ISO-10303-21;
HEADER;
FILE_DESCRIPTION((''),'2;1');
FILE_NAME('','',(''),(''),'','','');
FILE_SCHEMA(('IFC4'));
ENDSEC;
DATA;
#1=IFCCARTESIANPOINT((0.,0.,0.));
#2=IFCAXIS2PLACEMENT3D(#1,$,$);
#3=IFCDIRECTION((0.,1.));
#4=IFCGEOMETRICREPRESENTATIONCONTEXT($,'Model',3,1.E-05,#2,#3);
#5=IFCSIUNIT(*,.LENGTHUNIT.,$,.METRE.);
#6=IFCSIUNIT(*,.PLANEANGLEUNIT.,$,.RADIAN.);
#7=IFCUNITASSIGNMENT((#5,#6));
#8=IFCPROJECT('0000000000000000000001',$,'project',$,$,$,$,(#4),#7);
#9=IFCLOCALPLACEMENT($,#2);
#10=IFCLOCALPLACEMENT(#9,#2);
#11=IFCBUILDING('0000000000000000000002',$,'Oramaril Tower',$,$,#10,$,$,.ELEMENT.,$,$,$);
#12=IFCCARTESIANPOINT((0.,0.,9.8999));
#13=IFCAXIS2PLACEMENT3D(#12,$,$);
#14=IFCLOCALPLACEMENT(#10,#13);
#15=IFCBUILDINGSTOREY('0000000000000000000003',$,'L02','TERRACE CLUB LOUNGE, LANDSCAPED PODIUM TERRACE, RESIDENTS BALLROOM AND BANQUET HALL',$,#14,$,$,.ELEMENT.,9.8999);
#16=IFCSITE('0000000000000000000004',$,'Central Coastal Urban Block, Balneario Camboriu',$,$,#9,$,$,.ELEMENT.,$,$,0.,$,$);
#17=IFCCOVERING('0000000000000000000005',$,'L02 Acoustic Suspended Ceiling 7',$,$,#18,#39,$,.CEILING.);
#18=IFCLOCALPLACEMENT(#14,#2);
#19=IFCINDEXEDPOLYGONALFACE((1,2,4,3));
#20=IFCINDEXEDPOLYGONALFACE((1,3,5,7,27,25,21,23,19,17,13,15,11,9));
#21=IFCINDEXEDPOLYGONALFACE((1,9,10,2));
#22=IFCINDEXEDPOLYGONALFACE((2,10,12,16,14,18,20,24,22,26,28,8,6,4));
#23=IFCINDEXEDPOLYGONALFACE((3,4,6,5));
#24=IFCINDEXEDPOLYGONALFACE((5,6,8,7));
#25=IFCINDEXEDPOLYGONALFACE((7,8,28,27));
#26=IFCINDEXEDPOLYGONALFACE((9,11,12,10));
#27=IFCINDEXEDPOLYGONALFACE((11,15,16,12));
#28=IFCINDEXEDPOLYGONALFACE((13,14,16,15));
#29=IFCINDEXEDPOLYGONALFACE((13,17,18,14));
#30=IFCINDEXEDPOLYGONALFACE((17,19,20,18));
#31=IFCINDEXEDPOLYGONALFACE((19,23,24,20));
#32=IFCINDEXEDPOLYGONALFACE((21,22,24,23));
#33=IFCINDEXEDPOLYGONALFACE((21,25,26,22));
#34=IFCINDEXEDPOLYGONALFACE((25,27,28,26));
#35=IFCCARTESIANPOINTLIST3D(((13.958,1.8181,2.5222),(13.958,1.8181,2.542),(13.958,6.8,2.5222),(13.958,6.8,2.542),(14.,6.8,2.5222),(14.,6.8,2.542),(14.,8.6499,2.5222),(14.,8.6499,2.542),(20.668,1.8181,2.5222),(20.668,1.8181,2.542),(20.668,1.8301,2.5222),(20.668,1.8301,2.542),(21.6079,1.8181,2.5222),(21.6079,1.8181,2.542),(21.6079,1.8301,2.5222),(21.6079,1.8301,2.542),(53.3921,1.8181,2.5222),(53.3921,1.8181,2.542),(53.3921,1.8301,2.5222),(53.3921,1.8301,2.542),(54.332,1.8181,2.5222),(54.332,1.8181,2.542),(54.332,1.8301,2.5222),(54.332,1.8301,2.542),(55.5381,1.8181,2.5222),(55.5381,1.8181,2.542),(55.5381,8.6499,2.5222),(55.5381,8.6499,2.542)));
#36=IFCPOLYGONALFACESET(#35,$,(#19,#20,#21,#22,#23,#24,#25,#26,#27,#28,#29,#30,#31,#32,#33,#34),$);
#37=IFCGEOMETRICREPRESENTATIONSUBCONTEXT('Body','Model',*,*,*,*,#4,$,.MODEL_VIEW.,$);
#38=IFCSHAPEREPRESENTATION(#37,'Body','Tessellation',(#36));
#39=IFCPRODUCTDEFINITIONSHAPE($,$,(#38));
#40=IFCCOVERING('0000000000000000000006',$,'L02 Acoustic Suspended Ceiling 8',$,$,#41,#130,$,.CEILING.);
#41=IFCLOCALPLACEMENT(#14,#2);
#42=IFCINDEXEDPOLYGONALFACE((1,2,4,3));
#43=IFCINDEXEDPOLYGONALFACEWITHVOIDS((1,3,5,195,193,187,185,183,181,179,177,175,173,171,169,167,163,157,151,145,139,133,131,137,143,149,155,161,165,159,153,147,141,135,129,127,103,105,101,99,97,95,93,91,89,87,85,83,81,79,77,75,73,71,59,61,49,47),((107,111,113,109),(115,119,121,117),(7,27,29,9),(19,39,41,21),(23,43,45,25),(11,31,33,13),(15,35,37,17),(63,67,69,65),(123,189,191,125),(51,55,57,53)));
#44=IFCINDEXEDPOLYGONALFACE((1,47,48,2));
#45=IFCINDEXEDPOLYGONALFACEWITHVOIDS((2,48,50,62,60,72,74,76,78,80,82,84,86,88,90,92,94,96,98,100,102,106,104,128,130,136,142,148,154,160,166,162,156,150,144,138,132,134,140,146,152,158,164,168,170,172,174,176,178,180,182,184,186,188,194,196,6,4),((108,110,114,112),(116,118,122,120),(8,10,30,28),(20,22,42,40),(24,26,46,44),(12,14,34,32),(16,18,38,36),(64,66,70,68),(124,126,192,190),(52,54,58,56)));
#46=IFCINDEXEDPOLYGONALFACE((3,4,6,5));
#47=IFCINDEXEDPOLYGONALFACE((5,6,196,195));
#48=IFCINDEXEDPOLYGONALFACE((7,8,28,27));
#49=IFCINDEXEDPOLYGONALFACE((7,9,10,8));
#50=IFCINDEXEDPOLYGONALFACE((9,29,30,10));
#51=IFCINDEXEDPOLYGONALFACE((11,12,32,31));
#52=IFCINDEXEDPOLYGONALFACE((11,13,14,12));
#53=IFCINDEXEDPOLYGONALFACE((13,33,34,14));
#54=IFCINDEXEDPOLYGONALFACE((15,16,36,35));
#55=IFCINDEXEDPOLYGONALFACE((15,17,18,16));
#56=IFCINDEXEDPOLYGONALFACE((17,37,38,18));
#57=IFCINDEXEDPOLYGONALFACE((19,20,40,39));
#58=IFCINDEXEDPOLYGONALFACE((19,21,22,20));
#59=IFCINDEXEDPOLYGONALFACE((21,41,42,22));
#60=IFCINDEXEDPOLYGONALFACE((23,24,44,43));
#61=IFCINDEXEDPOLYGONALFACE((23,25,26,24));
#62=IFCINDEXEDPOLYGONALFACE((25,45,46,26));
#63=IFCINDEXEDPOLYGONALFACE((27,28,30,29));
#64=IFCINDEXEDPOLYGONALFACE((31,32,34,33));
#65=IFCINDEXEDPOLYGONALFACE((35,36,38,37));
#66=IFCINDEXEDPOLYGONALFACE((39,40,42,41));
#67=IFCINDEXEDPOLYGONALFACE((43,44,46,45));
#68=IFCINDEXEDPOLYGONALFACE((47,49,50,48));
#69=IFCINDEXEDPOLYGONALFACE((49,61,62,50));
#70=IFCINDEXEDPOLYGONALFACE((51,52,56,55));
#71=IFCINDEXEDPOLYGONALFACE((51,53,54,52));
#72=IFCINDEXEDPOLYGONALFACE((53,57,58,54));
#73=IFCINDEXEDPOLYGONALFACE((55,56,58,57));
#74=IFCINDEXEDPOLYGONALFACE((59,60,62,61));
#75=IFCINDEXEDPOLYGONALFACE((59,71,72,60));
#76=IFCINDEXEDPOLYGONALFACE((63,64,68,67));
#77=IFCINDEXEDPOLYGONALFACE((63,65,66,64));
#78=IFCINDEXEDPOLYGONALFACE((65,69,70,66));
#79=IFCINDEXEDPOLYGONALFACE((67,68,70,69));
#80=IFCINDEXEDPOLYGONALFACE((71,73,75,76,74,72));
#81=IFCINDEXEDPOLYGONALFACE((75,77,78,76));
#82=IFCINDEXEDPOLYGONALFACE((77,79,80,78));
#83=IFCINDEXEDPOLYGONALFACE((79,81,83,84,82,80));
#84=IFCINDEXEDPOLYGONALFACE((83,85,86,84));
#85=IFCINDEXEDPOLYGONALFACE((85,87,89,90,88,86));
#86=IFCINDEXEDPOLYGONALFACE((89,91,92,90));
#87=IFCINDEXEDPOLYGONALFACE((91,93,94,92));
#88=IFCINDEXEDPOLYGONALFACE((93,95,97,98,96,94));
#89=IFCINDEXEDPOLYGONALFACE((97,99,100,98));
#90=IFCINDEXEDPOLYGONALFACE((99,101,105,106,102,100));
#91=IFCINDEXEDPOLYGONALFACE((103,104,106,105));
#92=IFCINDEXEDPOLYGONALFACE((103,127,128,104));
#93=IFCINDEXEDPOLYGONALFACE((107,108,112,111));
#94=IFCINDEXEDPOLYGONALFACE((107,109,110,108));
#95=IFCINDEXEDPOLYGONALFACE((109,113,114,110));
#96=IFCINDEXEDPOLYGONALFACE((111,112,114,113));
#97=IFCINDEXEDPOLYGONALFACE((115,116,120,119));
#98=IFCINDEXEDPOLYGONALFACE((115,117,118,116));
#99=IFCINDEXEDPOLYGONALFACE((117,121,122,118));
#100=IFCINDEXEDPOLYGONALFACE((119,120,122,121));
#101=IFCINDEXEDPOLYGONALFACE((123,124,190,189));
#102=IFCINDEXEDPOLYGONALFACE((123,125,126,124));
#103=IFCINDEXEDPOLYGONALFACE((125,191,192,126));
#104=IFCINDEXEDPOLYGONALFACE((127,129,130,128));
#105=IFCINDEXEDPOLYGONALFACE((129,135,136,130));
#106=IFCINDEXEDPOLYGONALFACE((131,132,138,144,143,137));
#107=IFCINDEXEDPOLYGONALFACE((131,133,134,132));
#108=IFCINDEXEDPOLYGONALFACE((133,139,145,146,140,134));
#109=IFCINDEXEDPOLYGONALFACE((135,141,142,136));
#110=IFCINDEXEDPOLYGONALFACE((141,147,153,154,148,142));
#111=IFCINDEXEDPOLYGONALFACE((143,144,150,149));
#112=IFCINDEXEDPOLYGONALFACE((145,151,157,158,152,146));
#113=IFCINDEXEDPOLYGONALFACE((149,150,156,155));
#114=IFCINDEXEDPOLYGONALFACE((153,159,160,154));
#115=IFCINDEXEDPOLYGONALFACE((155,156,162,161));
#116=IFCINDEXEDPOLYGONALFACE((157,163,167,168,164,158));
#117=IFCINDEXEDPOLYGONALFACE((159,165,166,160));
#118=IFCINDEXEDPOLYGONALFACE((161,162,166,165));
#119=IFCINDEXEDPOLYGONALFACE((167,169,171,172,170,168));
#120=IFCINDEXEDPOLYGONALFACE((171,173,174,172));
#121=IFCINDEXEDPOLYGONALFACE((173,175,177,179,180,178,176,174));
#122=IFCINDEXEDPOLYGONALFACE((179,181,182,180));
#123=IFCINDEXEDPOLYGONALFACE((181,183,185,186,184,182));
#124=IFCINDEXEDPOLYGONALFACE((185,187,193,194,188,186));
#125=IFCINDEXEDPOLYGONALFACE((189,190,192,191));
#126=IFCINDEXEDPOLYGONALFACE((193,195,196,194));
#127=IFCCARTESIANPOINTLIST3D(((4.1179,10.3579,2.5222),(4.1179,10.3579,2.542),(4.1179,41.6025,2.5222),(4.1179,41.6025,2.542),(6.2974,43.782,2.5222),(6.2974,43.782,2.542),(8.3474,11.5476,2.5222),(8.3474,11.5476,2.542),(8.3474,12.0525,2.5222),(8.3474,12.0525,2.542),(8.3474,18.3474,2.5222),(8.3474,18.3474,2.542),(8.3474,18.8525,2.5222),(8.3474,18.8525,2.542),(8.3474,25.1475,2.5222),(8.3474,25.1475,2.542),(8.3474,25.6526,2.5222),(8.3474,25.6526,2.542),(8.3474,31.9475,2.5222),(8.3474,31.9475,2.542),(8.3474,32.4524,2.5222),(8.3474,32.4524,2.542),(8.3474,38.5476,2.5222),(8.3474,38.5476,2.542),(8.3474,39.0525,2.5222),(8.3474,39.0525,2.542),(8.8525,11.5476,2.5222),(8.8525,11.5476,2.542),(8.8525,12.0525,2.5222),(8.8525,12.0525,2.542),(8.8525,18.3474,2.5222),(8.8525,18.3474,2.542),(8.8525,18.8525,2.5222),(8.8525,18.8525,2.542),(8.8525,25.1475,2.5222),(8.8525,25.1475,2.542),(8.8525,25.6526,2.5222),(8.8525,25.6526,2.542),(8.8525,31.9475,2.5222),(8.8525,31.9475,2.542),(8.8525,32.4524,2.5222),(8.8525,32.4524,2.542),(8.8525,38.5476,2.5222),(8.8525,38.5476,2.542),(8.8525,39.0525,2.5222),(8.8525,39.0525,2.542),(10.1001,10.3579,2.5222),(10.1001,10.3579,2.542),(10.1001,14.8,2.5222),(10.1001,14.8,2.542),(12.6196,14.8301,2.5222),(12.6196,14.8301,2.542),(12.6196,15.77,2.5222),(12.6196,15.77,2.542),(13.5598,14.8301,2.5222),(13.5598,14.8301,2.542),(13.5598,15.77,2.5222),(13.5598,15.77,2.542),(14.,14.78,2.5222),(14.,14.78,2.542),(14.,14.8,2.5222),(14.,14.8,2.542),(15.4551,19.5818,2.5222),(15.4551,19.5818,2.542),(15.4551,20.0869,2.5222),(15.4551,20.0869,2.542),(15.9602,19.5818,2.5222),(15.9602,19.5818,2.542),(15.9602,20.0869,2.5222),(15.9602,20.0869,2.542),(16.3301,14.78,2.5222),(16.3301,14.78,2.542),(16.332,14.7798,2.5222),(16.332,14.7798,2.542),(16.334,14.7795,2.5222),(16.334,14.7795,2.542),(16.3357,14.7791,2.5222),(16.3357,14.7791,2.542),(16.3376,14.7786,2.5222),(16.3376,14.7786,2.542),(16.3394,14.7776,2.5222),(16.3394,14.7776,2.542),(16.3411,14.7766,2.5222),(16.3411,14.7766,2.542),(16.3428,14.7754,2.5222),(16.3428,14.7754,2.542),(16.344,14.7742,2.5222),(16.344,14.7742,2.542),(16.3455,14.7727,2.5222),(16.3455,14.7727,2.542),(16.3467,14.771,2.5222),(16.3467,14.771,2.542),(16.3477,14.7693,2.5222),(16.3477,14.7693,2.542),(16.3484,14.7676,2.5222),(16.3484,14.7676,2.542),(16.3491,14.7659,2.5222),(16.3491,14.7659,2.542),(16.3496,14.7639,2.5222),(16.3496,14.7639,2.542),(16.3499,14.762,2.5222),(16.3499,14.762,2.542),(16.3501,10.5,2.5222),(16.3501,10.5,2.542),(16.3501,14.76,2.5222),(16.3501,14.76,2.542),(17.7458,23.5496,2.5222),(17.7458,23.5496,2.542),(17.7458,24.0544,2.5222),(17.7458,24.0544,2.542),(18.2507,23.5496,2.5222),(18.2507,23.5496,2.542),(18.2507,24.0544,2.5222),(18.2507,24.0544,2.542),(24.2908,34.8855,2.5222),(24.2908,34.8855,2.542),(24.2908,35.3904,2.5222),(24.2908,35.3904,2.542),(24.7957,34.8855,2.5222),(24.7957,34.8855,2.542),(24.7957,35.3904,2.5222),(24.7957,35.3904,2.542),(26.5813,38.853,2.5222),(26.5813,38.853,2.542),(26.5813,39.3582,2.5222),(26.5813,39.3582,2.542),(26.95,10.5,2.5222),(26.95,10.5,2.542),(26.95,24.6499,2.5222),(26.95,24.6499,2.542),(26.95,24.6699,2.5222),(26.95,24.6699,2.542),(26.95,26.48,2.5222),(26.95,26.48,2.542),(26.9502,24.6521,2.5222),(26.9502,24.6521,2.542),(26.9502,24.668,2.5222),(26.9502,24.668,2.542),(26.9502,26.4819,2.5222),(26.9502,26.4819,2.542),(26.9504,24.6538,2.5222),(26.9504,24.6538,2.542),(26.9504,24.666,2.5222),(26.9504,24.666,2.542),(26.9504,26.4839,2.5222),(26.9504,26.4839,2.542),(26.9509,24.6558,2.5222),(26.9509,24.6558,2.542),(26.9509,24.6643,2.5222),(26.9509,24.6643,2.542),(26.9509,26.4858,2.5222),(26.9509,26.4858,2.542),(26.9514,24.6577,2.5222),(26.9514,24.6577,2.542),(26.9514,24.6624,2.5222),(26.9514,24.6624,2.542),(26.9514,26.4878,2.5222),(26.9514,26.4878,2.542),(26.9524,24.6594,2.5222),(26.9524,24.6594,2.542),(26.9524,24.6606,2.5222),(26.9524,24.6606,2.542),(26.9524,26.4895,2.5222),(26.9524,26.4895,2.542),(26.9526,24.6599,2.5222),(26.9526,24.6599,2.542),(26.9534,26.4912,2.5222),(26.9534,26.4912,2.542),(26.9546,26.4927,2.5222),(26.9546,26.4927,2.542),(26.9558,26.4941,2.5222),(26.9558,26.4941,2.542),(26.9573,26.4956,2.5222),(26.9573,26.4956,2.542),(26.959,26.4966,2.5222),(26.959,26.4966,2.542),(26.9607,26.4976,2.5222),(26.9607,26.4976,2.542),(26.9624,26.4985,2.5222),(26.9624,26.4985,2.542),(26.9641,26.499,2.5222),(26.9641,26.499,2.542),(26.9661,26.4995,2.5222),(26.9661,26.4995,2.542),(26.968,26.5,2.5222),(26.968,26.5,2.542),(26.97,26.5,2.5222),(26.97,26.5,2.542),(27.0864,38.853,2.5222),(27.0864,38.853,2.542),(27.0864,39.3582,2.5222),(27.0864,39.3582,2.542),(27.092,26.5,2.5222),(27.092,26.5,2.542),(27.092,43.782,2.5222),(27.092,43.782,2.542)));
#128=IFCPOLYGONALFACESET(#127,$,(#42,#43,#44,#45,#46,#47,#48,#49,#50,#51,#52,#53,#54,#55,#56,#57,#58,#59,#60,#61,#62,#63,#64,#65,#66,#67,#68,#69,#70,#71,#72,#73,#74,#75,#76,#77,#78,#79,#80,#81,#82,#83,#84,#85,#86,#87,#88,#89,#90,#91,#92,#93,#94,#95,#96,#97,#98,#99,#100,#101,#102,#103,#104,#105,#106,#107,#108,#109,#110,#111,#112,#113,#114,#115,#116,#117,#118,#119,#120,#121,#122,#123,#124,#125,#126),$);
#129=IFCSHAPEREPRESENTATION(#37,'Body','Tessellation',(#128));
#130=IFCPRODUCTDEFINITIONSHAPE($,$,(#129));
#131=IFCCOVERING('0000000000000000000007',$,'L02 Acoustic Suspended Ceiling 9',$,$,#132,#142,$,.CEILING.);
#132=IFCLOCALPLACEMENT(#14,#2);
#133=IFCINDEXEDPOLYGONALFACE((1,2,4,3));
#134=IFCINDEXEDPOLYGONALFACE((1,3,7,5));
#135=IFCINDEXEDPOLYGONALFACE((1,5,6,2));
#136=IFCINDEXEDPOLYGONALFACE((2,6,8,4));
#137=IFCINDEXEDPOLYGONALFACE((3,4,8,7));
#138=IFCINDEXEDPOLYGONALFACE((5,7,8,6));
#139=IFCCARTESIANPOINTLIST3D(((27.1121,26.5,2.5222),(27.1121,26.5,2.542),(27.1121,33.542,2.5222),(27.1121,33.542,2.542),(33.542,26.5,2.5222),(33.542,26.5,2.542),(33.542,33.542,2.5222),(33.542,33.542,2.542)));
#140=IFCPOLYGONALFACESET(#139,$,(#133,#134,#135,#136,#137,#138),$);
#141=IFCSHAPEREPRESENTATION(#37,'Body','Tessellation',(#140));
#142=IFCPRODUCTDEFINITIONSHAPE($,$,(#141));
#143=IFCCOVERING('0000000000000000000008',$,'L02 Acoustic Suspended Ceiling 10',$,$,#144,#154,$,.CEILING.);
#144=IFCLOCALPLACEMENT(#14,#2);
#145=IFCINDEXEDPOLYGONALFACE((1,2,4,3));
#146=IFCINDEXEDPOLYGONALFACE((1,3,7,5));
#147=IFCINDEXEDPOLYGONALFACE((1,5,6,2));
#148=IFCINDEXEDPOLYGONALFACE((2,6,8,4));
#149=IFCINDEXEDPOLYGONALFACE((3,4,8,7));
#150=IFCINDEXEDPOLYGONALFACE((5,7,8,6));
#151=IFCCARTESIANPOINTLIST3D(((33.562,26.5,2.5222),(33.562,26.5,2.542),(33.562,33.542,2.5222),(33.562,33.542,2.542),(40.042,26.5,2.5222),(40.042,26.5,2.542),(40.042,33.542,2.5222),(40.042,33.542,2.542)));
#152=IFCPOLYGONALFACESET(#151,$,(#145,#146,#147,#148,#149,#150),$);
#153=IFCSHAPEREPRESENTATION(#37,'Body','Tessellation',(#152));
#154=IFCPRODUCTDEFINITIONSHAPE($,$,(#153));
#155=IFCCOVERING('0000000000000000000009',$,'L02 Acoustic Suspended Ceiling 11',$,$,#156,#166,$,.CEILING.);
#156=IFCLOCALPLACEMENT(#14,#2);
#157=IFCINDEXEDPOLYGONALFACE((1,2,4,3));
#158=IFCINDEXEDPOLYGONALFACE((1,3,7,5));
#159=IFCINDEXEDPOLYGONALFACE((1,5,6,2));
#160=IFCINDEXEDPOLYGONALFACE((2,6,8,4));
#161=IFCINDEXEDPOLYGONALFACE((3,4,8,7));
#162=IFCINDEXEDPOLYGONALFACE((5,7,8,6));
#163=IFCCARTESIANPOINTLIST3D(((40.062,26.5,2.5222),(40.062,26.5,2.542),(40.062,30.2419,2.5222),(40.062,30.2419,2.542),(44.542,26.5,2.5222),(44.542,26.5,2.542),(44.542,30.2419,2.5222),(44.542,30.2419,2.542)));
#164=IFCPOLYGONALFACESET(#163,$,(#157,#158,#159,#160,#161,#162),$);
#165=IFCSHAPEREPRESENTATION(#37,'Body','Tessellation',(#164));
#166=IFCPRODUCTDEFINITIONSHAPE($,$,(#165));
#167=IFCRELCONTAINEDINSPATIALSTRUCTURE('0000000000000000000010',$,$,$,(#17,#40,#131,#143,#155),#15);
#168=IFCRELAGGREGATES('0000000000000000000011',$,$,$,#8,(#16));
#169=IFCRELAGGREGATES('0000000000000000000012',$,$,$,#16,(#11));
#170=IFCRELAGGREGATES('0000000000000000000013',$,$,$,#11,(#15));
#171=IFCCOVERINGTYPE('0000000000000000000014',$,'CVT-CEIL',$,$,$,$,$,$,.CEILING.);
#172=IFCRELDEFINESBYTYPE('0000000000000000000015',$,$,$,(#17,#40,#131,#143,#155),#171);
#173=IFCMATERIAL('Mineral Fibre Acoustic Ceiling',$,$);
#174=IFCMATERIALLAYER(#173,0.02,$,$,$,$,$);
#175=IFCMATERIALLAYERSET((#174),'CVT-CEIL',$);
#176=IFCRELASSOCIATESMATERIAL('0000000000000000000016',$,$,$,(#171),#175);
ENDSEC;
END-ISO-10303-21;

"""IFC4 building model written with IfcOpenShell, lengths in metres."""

from ifc_helpers import new_model, si_unit, direction, frame, origin, place, context, subcontext, project, spatial, polyline, outline, extrude, material, layer, layer_set, type_object, element, save


model = new_model("IFC4")

# Units and contexts
model_context = context("Model", 3, precision=1e-05, world=origin(), true_north=direction((0.0, 1.0)))
body_context = subcontext(model_context, "Body", "Model", "MODEL_VIEW")
ifc_project = project(units=[si_unit("LENGTHUNIT", "METRE"), si_unit("PLANEANGLEUNIT", "RADIAN")], contexts=[model_context])

# Site, building, storey
site_placement = place(None, origin())
site = spatial("IfcSite", under=ifc_project, at=site_placement, Name="Central Coastal Urban Block, Balneario Camboriu", CompositionType="ELEMENT", RefElevation=0.0)
building_placement = place(site_placement, origin())
building = spatial("IfcBuilding", under=site, at=building_placement, Name="Oramaril Tower", CompositionType="ELEMENT")
storey_placement = place(building_placement, frame((0.0, 0.0, 9.8999)))
storey = spatial("IfcBuildingStorey", under=building, at=storey_placement, Name="L02", Description="TERRACE CLUB LOUNGE, LANDSCAPED PODIUM TERRACE, RESIDENTS BALLROOM AND BANQUET HALL", CompositionType="ELEMENT", Elevation=9.8999)

# Coverings
ifc_material_1 = material(Name="Mineral Fibre Acoustic Ceiling")
ifc_layer_1 = layer(ifc_material_1, 0.02)
ifc_layer_set_1 = layer_set([ifc_layer_1], Name="CVT-CEIL")
covering_type_1 = type_object("IfcCoveringType", Name="CVT-CEIL", PredefinedType="CEILING", material=ifc_layer_set_1)
covering_1_placement = place(storey_placement, frame((0.0, 0.0, 2.5222)))
element("IfcCovering", 1, at=covering_1_placement, inside=storey, type_object=covering_type_1, Name="L02 Acoustic Suspended Ceiling 7", PredefinedType="CEILING", context=body_context, shape_type="SweptSolid", body=[
    extrude(outline(polyline([(54.332, 1.8181), (54.332, 1.8301), (53.3921, 1.8301), (53.3921, 1.8181), (21.6079, 1.8181), (21.6079, 1.8301), (20.668, 1.8301), (20.668, 1.8181), (13.958, 1.8181), (13.958, 6.8), (14.0, 6.8), (14.0, 8.6499), (55.5381, 8.6499), (55.5381, 1.8181), (54.332, 1.8181)])), origin(), (0.0, 0.0, 1.0), 0.0198),
])
covering_2_placement = place(storey_placement, frame((0.0, 0.0, 2.5222)))
element("IfcCovering", 2, at=covering_2_placement, inside=storey, type_object=covering_type_1, Name="L02 Acoustic Suspended Ceiling 8", PredefinedType="CEILING", context=body_context, shape_type="SweptSolid", body=[
    extrude(outline(polyline([(27.092, 43.782), (27.092, 26.5), (26.97, 26.5), (26.968, 26.5), (26.9661, 26.4995), (26.9641, 26.499), (26.9624, 26.4985), (26.9607, 26.4976), (26.959, 26.4966), (26.9573, 26.4956), (26.9558, 26.4941), (26.9546, 26.4927), (26.9534, 26.4912), (26.9524, 26.4895), (26.9514, 26.4878), (26.9509, 26.4858), (26.9504, 26.4839), (26.9502, 26.4819), (26.95, 26.48), (26.95, 24.6699), (26.9502, 24.668), (26.9504, 24.666), (26.9509, 24.6643), (26.9514, 24.6624), (26.9524, 24.6606), (26.9526, 24.6599), (26.9524, 24.6594), (26.9514, 24.6577), (26.9509, 24.6558), (26.9504, 24.6538), (26.9502, 24.6521), (26.95, 24.6499), (26.95, 10.5), (16.3501, 10.5), (16.3501, 14.76), (16.3499, 14.762), (16.3496, 14.7639), (16.3491, 14.7659), (16.3484, 14.7676), (16.3477, 14.7693), (16.3467, 14.771), (16.3455, 14.7727), (16.344, 14.7742), (16.3428, 14.7754), (16.3411, 14.7766), (16.3394, 14.7776), (16.3376, 14.7786), (16.3357, 14.7791), (16.334, 14.7795), (16.332, 14.7798), (16.3301, 14.78), (14.0, 14.78), (14.0, 14.8), (10.1001, 14.8), (10.1001, 10.3579), (4.1179, 10.3579), (4.1179, 41.6025), (6.2974, 43.782), (27.092, 43.782)]), holes=[polyline([(8.8525, 12.0525), (8.3474, 12.0525), (8.3474, 11.5476), (8.8525, 11.5476), (8.8525, 12.0525)]), polyline([(13.5598, 15.77), (12.6196, 15.77), (12.6196, 14.8301), (13.5598, 14.8301), (13.5598, 15.77)]), polyline([(8.8525, 18.8525), (8.3474, 18.8525), (8.3474, 18.3474), (8.8525, 18.3474), (8.8525, 18.8525)]), polyline([(15.9602, 19.5818), (15.9602, 20.0869), (15.4551, 20.0869), (15.4551, 19.5818), (15.9602, 19.5818)]), polyline([(18.2507, 23.5496), (18.2507, 24.0544), (17.7458, 24.0544), (17.7458, 23.5496), (18.2507, 23.5496)]), polyline([(8.8525, 25.6526), (8.3474, 25.6526), (8.3474, 25.1475), (8.8525, 25.1475), (8.8525, 25.6526)]), polyline([(8.8525, 32.4524), (8.3474, 32.4524), (8.3474, 31.9475), (8.8525, 31.9475), (8.8525, 32.4524)]), polyline([(24.7957, 35.3904), (24.2908, 35.3904), (24.2908, 34.8855), (24.7957, 34.8855), (24.7957, 35.3904)]), polyline([(8.8525, 38.5476), (8.8525, 39.0525), (8.3474, 39.0525), (8.3474, 38.5476), (8.8525, 38.5476)]), polyline([(27.0864, 38.853), (27.0864, 39.3582), (26.5813, 39.3582), (26.5813, 38.853), (27.0864, 38.853)])]), origin(), (0.0, 0.0, 1.0), 0.0198),
])
covering_3_placement = place(storey_placement, frame((0.0, 0.0, 2.5222)))
element("IfcCovering", 3, at=covering_3_placement, inside=storey, type_object=covering_type_1, Name="L02 Acoustic Suspended Ceiling 9", PredefinedType="CEILING", context=body_context, shape_type="SweptSolid", body=[
    extrude(outline(polyline([(33.542, 33.542), (33.542, 26.5), (27.1121, 26.5), (27.1121, 33.542), (33.542, 33.542)])), origin(), (0.0, 0.0, 1.0), 0.0198),
])
covering_4_placement = place(storey_placement, frame((0.0, 0.0, 2.5222)))
element("IfcCovering", 4, at=covering_4_placement, inside=storey, type_object=covering_type_1, Name="L02 Acoustic Suspended Ceiling 10", PredefinedType="CEILING", context=body_context, shape_type="SweptSolid", body=[
    extrude(outline(polyline([(40.042, 33.542), (40.042, 26.5), (33.562, 26.5), (33.562, 33.542), (40.042, 33.542)])), origin(), (0.0, 0.0, 1.0), 0.0198),
])
covering_5_placement = place(storey_placement, frame((0.0, 0.0, 2.5222)))
element("IfcCovering", 5, at=covering_5_placement, inside=storey, type_object=covering_type_1, Name="L02 Acoustic Suspended Ceiling 11", PredefinedType="CEILING", context=body_context, shape_type="SweptSolid", body=[
    extrude(outline(polyline([(44.542, 26.5), (40.062, 26.5), (40.062, 30.2419), (44.542, 30.2419), (44.542, 26.5)])), origin(), (0.0, 0.0, 1.0), 0.0198),
])

save(model, "model.ifc")
